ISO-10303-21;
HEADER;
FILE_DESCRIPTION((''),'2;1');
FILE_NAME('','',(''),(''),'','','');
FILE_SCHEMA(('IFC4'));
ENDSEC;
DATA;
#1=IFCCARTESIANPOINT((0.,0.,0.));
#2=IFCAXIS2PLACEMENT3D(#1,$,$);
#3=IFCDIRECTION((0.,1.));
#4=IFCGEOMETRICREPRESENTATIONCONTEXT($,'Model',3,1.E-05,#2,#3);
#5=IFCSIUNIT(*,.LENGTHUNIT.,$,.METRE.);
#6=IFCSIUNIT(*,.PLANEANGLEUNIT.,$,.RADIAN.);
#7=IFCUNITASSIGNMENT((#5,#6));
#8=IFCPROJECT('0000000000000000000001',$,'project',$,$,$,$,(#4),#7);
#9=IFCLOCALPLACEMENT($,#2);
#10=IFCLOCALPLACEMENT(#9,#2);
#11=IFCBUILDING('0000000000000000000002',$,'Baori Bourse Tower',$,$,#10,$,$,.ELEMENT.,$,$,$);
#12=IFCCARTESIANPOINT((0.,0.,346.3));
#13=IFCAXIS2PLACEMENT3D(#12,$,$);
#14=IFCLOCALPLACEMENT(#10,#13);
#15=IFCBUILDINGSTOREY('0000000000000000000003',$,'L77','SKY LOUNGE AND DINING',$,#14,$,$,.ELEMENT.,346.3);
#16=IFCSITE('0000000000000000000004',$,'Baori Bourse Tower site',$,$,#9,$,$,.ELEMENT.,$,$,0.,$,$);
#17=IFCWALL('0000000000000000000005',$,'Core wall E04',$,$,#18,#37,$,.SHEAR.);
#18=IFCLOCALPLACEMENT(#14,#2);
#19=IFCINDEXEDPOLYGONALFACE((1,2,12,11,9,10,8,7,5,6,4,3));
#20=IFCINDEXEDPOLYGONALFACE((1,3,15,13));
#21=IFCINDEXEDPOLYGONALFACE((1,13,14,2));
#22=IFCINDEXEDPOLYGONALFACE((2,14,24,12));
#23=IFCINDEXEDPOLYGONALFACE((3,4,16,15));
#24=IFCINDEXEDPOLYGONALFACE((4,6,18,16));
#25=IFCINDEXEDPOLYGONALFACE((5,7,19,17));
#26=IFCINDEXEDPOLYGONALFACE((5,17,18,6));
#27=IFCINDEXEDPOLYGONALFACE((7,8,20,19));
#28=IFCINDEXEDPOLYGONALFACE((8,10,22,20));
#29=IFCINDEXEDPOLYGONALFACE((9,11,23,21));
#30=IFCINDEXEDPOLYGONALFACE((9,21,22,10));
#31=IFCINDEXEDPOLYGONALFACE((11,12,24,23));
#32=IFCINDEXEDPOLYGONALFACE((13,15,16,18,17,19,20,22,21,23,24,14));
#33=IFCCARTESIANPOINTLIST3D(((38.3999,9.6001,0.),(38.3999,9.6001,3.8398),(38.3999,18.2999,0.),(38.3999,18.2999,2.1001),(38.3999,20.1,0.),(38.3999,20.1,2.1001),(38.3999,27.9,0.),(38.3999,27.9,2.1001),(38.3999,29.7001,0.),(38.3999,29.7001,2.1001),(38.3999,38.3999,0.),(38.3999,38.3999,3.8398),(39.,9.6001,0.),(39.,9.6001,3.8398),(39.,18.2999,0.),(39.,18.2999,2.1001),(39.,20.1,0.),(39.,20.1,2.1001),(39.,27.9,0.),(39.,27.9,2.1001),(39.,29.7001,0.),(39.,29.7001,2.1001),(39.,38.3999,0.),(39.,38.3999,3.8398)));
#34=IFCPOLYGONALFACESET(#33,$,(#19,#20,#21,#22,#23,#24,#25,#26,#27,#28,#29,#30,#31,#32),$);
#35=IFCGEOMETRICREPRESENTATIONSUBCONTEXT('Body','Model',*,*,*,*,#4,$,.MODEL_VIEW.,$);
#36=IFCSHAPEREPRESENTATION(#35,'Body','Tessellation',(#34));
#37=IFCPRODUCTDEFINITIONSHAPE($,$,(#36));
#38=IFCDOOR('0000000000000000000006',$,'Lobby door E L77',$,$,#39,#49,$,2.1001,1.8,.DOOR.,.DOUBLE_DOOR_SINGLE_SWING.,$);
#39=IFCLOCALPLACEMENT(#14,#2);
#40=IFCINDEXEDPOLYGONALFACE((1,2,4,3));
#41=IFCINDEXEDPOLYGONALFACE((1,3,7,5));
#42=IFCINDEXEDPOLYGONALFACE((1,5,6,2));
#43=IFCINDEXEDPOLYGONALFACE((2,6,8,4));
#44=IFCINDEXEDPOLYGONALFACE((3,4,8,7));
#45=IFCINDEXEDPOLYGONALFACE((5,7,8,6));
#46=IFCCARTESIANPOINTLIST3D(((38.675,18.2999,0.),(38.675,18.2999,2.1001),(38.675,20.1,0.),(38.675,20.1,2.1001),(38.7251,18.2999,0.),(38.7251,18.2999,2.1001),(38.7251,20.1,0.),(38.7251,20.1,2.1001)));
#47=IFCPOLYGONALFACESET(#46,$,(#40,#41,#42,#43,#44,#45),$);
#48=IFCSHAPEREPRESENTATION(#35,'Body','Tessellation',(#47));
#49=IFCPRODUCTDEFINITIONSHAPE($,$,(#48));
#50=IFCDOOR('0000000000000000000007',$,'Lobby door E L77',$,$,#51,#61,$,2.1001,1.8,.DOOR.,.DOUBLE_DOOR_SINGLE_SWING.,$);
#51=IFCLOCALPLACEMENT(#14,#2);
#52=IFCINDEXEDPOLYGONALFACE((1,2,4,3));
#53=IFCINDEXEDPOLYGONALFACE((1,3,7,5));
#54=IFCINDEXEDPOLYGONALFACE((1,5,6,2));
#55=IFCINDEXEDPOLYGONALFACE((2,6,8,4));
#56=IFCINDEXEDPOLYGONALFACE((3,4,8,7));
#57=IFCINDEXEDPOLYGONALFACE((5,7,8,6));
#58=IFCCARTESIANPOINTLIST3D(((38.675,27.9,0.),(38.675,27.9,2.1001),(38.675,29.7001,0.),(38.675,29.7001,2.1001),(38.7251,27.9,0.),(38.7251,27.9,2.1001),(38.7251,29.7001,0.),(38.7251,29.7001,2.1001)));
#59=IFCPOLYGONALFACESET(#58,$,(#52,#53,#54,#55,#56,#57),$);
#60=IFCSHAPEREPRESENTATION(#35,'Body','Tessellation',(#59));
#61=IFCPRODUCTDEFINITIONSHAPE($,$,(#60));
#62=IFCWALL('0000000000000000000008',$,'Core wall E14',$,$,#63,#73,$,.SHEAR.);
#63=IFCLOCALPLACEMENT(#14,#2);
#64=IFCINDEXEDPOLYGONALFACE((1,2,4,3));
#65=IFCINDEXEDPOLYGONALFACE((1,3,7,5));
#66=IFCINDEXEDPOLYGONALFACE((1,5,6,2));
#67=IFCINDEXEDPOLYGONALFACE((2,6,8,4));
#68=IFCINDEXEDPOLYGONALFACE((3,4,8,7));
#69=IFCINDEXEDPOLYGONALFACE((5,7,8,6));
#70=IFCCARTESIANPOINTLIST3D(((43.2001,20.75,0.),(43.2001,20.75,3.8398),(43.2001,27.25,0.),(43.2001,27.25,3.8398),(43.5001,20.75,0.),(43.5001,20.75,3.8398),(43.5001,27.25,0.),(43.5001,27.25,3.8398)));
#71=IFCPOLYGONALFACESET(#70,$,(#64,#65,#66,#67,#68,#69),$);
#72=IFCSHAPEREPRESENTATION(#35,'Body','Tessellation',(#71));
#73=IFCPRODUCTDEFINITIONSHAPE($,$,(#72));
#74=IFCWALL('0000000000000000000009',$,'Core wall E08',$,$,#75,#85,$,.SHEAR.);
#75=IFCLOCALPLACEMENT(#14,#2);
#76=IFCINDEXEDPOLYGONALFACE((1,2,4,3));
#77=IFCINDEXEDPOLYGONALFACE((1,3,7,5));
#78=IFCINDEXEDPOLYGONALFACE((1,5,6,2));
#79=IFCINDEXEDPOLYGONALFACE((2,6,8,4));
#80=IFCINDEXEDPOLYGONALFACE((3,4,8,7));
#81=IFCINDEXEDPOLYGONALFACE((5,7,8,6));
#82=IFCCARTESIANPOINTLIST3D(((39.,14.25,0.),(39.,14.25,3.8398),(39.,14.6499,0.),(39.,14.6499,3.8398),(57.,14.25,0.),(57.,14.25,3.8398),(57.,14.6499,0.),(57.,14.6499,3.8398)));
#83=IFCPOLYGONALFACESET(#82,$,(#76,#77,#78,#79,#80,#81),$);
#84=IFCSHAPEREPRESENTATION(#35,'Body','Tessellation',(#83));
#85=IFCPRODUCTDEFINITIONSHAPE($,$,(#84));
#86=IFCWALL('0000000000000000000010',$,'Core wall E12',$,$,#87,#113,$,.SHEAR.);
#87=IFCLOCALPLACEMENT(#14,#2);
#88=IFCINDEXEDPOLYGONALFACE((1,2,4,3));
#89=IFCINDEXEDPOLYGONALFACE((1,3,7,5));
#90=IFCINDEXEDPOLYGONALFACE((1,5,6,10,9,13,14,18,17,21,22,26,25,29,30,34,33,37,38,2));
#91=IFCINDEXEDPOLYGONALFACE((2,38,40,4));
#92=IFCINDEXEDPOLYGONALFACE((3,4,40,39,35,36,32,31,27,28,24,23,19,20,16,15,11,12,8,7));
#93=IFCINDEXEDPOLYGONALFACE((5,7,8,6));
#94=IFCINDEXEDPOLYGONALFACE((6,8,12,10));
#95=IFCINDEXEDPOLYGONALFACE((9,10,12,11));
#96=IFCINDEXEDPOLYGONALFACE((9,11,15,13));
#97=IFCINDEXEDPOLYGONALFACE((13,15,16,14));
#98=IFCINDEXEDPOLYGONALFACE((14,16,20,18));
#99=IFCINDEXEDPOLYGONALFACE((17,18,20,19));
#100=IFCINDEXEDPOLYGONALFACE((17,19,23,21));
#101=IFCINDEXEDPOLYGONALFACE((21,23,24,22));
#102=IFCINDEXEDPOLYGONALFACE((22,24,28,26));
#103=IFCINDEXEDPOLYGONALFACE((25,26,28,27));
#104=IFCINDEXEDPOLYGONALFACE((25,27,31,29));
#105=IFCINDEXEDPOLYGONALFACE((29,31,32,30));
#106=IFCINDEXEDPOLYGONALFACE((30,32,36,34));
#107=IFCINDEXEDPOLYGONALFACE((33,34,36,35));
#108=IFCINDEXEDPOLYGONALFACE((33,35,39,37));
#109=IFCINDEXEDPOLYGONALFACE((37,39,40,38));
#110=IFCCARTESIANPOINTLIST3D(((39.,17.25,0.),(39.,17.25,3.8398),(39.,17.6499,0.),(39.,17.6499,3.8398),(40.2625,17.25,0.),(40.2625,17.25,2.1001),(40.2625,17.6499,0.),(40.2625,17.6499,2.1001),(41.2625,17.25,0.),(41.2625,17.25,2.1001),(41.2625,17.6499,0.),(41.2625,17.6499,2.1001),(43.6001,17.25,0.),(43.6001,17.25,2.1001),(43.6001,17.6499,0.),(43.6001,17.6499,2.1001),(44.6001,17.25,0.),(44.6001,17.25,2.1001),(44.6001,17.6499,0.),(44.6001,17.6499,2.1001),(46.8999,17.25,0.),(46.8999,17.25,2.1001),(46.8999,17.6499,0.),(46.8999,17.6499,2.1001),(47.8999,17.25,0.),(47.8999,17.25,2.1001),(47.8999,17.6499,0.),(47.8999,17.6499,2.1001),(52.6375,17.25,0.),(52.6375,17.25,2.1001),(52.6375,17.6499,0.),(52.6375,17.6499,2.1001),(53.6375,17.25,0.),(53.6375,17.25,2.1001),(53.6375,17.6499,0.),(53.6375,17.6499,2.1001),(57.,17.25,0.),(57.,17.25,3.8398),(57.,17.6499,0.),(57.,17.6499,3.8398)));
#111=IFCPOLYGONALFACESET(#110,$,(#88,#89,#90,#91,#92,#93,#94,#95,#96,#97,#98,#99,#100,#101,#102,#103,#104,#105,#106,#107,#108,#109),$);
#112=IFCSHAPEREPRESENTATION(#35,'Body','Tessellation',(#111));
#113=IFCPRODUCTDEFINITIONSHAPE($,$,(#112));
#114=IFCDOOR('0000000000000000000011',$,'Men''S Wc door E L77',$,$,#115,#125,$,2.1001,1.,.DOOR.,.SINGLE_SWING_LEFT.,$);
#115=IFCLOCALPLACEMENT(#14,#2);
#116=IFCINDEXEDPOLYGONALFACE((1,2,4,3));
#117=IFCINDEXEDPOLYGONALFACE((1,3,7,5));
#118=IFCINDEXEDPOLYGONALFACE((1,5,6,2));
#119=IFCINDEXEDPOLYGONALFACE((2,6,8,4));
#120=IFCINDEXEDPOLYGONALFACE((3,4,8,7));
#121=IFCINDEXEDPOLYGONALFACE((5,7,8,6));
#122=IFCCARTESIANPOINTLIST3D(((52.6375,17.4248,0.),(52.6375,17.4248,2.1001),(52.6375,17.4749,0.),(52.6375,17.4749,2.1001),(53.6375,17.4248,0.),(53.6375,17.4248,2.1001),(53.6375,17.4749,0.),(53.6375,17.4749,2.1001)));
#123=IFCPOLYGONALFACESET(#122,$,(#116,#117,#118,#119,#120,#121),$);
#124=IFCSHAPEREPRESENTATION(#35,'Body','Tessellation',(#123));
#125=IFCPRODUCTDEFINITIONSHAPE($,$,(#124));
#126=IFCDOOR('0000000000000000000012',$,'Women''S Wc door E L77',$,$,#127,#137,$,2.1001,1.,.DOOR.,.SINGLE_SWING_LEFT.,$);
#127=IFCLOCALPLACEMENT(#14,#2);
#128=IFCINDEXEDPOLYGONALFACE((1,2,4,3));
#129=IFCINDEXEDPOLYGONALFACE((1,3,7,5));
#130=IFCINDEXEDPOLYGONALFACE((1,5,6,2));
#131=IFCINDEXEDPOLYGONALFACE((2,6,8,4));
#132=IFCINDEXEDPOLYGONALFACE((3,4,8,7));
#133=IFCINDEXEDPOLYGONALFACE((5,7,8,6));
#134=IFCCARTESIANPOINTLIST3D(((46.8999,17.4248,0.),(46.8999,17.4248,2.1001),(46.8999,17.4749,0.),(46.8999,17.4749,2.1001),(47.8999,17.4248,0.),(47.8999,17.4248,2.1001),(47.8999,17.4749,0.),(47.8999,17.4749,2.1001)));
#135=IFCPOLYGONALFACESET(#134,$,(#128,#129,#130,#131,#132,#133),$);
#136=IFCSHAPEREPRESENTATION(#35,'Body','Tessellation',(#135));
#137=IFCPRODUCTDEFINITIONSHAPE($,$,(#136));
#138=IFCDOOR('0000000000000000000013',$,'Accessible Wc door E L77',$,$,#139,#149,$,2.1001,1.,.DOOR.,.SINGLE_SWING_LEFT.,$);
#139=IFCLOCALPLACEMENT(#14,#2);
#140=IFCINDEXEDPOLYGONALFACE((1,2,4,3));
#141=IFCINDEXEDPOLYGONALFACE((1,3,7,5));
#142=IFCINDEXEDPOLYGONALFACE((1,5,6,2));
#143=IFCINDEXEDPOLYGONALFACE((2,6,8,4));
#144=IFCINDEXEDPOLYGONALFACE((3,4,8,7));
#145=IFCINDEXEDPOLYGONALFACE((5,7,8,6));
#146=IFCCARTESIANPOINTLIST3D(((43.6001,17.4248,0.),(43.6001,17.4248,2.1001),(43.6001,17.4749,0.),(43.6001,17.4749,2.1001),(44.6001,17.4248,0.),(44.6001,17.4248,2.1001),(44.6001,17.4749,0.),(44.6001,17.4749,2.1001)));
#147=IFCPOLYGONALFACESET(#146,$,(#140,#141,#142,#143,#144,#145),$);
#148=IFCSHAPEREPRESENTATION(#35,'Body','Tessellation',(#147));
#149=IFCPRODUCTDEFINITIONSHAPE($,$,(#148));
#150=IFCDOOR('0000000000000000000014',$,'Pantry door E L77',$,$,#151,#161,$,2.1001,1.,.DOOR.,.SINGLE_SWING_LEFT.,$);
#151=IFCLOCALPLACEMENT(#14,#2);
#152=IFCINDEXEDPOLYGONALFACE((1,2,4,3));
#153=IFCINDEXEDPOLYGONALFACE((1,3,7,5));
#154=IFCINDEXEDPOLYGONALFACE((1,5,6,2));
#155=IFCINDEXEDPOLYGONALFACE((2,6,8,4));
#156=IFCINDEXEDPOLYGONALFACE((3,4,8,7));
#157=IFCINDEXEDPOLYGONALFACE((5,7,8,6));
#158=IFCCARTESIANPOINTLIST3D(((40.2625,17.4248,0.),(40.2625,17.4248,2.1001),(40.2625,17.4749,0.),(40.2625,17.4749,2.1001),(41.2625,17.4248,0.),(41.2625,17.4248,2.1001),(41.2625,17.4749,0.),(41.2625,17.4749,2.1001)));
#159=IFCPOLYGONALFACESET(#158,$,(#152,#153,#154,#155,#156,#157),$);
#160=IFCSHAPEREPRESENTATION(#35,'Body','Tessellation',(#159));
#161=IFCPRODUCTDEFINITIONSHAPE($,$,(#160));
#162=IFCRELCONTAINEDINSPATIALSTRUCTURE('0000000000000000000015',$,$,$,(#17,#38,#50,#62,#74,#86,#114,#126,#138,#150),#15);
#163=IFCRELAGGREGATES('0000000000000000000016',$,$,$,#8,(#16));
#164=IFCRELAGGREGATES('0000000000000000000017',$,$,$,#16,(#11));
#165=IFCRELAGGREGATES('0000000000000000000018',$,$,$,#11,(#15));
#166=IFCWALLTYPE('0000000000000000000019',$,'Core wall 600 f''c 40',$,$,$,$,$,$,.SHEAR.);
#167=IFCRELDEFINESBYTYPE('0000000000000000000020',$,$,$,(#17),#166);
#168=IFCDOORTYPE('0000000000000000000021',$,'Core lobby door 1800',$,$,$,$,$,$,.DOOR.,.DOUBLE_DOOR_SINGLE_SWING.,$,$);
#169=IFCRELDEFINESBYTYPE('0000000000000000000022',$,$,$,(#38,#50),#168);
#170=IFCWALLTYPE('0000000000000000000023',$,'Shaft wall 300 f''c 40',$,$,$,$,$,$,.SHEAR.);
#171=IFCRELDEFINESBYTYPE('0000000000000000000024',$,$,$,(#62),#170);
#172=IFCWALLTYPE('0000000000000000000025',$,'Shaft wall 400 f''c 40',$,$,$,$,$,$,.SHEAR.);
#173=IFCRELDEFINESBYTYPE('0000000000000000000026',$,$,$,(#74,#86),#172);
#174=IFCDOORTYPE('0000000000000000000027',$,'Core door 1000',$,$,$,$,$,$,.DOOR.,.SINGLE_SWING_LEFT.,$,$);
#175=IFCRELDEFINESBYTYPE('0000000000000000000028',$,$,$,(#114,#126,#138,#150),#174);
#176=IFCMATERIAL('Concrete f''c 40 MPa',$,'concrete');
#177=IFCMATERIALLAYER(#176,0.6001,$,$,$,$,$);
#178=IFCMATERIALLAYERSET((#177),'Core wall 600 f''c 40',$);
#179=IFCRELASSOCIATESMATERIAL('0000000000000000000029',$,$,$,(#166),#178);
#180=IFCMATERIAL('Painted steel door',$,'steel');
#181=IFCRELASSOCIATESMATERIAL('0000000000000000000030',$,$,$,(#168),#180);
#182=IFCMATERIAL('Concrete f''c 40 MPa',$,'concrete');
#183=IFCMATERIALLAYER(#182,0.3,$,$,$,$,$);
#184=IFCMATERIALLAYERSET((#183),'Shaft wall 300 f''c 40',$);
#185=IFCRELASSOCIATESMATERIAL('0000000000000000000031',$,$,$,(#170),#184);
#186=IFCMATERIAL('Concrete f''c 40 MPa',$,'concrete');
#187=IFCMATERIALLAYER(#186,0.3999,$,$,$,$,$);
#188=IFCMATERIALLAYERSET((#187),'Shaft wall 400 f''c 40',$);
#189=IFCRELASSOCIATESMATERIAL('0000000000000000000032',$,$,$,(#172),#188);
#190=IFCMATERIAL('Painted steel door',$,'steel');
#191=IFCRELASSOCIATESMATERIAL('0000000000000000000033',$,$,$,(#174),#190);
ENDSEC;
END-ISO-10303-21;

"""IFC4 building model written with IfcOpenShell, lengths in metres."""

from ifc_helpers import new_model, si_unit, direction, frame, frame_2d, origin, place, context, subcontext, project, spatial, rectangle, extrude, material, layer, layer_set, type_object, element, fill, save


model = new_model("IFC4")

# Units and contexts
model_context = context("Model", 3, precision=1e-05, world=origin(), true_north=direction((0.0, 1.0)))
body_context = subcontext(model_context, "Body", "Model", "MODEL_VIEW")
ifc_project = project(units=[si_unit("LENGTHUNIT", "METRE"), si_unit("PLANEANGLEUNIT", "RADIAN")], contexts=[model_context])

# Site, building, storey
site_placement = place(None, origin())
site = spatial("IfcSite", under=ifc_project, at=site_placement, Name="Baori Bourse Tower site", CompositionType="ELEMENT", RefElevation=0.0)
building_placement = place(site_placement, origin())
building = spatial("IfcBuilding", under=site, at=building_placement, Name="Baori Bourse Tower", CompositionType="ELEMENT")
storey_placement = place(building_placement, frame((0.0, 0.0, 346.3)))
storey = spatial("IfcBuildingStorey", under=building, at=storey_placement, Name="L77", Description="SKY LOUNGE AND DINING", CompositionType="ELEMENT", Elevation=346.3)

# Shared definitions
ifc_material_1 = material(Name="Concrete f'c 40 MPa", Category="concrete")
ifc_layer_1 = layer(ifc_material_1, 0.6001)
ifc_layer_set_1 = layer_set([ifc_layer_1], Name="Core wall 600 f'c 40")
wall_type_1 = type_object("IfcWallType", Name="Core wall 600 f'c 40", PredefinedType="SHEAR", material=ifc_layer_set_1)

# Wall, openings, doors
wall_1_placement = place(storey_placement, frame((38.7, 9.6001, 0.0), z_axis=(0.0, 0.0, 1.0), x_axis=(0.0, 1.0, 0.0)))
wall_1 = element("IfcWall", 1, at=wall_1_placement, inside=storey, type_object=wall_type_1, Name="Core wall E04", PredefinedType="SHEAR", context=body_context, shape_type="SweptSolid", body=[
    extrude(rectangle(XDim=28.7998, YDim=0.6001, at=frame_2d((14.3999, 0.0))), origin(), (0.0, 0.0, 1.0), 3.8398),
])
opening_1_placement = place(wall_1_placement, frame((8.7, 0.0, 0.0)))
opening_1 = element("IfcOpeningElement", 2, at=opening_1_placement, cuts=wall_1, PredefinedType="OPENING", context=body_context, shape_type="SweptSolid", body=[
    extrude(rectangle(XDim=1.8, YDim=2.1001, at=frame_2d((0.8999, 1.05))), frame((0.0, 0.3101, 0.0), z_axis=(0.0, -1.0, 0.0), x_axis=(1.0, 0.0, 0.0)), (0.0, 0.0, 1.0), 0.6201),
])
opening_2_placement = place(wall_1_placement, frame((18.3, 0.0, 0.0)))
opening_2 = element("IfcOpeningElement", 3, at=opening_2_placement, cuts=wall_1, PredefinedType="OPENING", context=body_context, shape_type="SweptSolid", body=[
    extrude(rectangle(XDim=1.8, YDim=2.1001, at=frame_2d((0.8999, 1.05))), frame((0.0, 0.3101, 0.0), z_axis=(0.0, -1.0, 0.0), x_axis=(1.0, 0.0, 0.0)), (0.0, 0.0, 1.0), 0.6201),
])
ifc_material_2 = material(Name="Painted steel door", Category="steel")
door_type_1 = type_object("IfcDoorType", Name="Core lobby door 1800", OperationType="DOUBLE_DOOR_SINGLE_SWING", PredefinedType="DOOR", material=ifc_material_2)
door_1_placement = place(opening_1_placement, origin())
door_1 = element("IfcDoor", 4, at=door_1_placement, inside=storey, type_object=door_type_1, Name="Lobby door E L77", OperationType="DOUBLE_DOOR_SINGLE_SWING", OverallHeight=2.1001, OverallWidth=1.8, PredefinedType="DOOR", context=body_context, shape_type="SweptSolid", body=[
    extrude(rectangle(XDim=1.8, YDim=2.1001, at=frame_2d((0.8999, 1.05))), frame((0.0, 0.0249, 0.0), z_axis=(0.0, -1.0, 0.0), x_axis=(1.0, 0.0, 0.0)), (0.0, 0.0, 1.0), 0.05),
])
fill(opening_1, door_1)
door_2_placement = place(opening_2_placement, origin())
door_2 = element("IfcDoor", 5, at=door_2_placement, inside=storey, type_object=door_type_1, Name="Lobby door E L77", OperationType="DOUBLE_DOOR_SINGLE_SWING", OverallHeight=2.1001, OverallWidth=1.8, PredefinedType="DOOR", context=body_context, shape_type="SweptSolid", body=[
    extrude(rectangle(XDim=1.8, YDim=2.1001, at=frame_2d((0.8999, 1.05))), frame((0.0, 0.0249, 0.0), z_axis=(0.0, -1.0, 0.0), x_axis=(1.0, 0.0, 0.0)), (0.0, 0.0, 1.0), 0.05),
])
fill(opening_2, door_2)

# Walls
ifc_material_3 = material(Name="Concrete f'c 40 MPa", Category="concrete")
ifc_layer_2 = layer(ifc_material_3, 0.3)
ifc_layer_set_2 = layer_set([ifc_layer_2], Name="Shaft wall 300 f'c 40")
wall_type_2 = type_object("IfcWallType", Name="Shaft wall 300 f'c 40", PredefinedType="SHEAR", material=ifc_layer_set_2)
wall_2_placement = place(storey_placement, frame((43.3501, 20.75, 0.0), z_axis=(0.0, 0.0, 1.0), x_axis=(0.0, 1.0, 0.0)))
element("IfcWall", 6, at=wall_2_placement, inside=storey, type_object=wall_type_2, Name="Core wall E14", PredefinedType="SHEAR", context=body_context, shape_type="SweptSolid", body=[
    extrude(rectangle(XDim=6.5, YDim=0.3, at=frame_2d((3.25, 0.0))), origin(), (0.0, 0.0, 1.0), 3.8398),
])
ifc_material_4 = material(Name="Concrete f'c 40 MPa", Category="concrete")
ifc_layer_3 = layer(ifc_material_4, 0.3999)
ifc_layer_set_3 = layer_set([ifc_layer_3], Name="Shaft wall 400 f'c 40")
wall_type_3 = type_object("IfcWallType", Name="Shaft wall 400 f'c 40", PredefinedType="SHEAR", material=ifc_layer_set_3)
wall_3_placement = place(storey_placement, frame((39.0, 14.45, 0.0), z_axis=(0.0, 0.0, 1.0), x_axis=(1.0, 0.0, 0.0)))
element("IfcWall", 7, at=wall_3_placement, inside=storey, type_object=wall_type_3, Name="Core wall E08", PredefinedType="SHEAR", context=body_context, shape_type="SweptSolid", body=[
    extrude(rectangle(XDim=18.0, YDim=0.3999, at=frame_2d((9.0, 0.0))), origin(), (0.0, 0.0, 1.0), 3.8398),
])

# Wall, openings, doors
wall_4_placement = place(storey_placement, frame((39.0, 17.45, 0.0), z_axis=(0.0, 0.0, 1.0), x_axis=(1.0, 0.0, 0.0)))
wall_4 = element("IfcWall", 8, at=wall_4_placement, inside=storey, type_object=wall_type_3, Name="Core wall E12", PredefinedType="SHEAR", context=body_context, shape_type="SweptSolid", body=[
    extrude(rectangle(XDim=18.0, YDim=0.3999, at=frame_2d((9.0, 0.0))), origin(), (0.0, 0.0, 1.0), 3.8398),
])
opening_3_placement = place(wall_4_placement, frame((13.6375, 0.0, 0.0)))
opening_3 = element("IfcOpeningElement", 9, at=opening_3_placement, cuts=wall_4, PredefinedType="OPENING", context=body_context, shape_type="SweptSolid", body=[
    extrude(rectangle(XDim=1.0, YDim=2.1001, at=frame_2d((0.5, 1.05))), frame((0.0, 0.21, 0.0), z_axis=(0.0, -1.0, 0.0), x_axis=(1.0, 0.0, 0.0)), (0.0, 0.0, 1.0), 0.4199),
])
opening_4_placement = place(wall_4_placement, frame((7.8999, 0.0, 0.0)))
opening_4 = element("IfcOpeningElement", 10, at=opening_4_placement, cuts=wall_4, PredefinedType="OPENING", context=body_context, shape_type="SweptSolid", body=[
    extrude(rectangle(XDim=1.0, YDim=2.1001, at=frame_2d((0.5, 1.05))), frame((0.0, 0.21, 0.0), z_axis=(0.0, -1.0, 0.0), x_axis=(1.0, 0.0, 0.0)), (0.0, 0.0, 1.0), 0.4199),
])
opening_5_placement = place(wall_4_placement, frame((4.6001, 0.0, 0.0)))
opening_5 = element("IfcOpeningElement", 11, at=opening_5_placement, cuts=wall_4, PredefinedType="OPENING", context=body_context, shape_type="SweptSolid", body=[
    extrude(rectangle(XDim=1.0, YDim=2.1001, at=frame_2d((0.5, 1.05))), frame((0.0, 0.21, 0.0), z_axis=(0.0, -1.0, 0.0), x_axis=(1.0, 0.0, 0.0)), (0.0, 0.0, 1.0), 0.4199),
])
opening_6_placement = place(wall_4_placement, frame((1.2625, 0.0, 0.0)))
opening_6 = element("IfcOpeningElement", 12, at=opening_6_placement, cuts=wall_4, PredefinedType="OPENING", context=body_context, shape_type="SweptSolid", body=[
    extrude(rectangle(XDim=1.0, YDim=2.1001, at=frame_2d((0.5, 1.05))), frame((0.0, 0.21, 0.0), z_axis=(0.0, -1.0, 0.0), x_axis=(1.0, 0.0, 0.0)), (0.0, 0.0, 1.0), 0.4199),
])
ifc_material_5 = material(Name="Painted steel door", Category="steel")
door_type_2 = type_object("IfcDoorType", Name="Core door 1000", OperationType="SINGLE_SWING_LEFT", PredefinedType="DOOR", material=ifc_material_5)
door_3_placement = place(opening_3_placement, origin())
door_3 = element("IfcDoor", 13, at=door_3_placement, inside=storey, type_object=door_type_2, Name="Men'S Wc door E L77", OperationType="SINGLE_SWING_LEFT", OverallHeight=2.1001, OverallWidth=1.0, PredefinedType="DOOR", context=body_context, shape_type="SweptSolid", body=[
    extrude(rectangle(XDim=1.0, YDim=2.1001, at=frame_2d((0.5, 1.05))), frame((0.0, 0.0249, 0.0), z_axis=(0.0, -1.0, 0.0), x_axis=(1.0, 0.0, 0.0)), (0.0, 0.0, 1.0), 0.05),
])
fill(opening_3, door_3)
door_4_placement = place(opening_4_placement, origin())
door_4 = element("IfcDoor", 14, at=door_4_placement, inside=storey, type_object=door_type_2, Name="Women'S Wc door E L77", OperationType="SINGLE_SWING_LEFT", OverallHeight=2.1001, OverallWidth=1.0, PredefinedType="DOOR", context=body_context, shape_type="SweptSolid", body=[
    extrude(rectangle(XDim=1.0, YDim=2.1001, at=frame_2d((0.5, 1.05))), frame((0.0, 0.0249, 0.0), z_axis=(0.0, -1.0, 0.0), x_axis=(1.0, 0.0, 0.0)), (0.0, 0.0, 1.0), 0.05),
])
fill(opening_4, door_4)
door_5_placement = place(opening_5_placement, origin())
door_5 = element("IfcDoor", 15, at=door_5_placement, inside=storey, type_object=door_type_2, Name="Accessible Wc door E L77", OperationType="SINGLE_SWING_LEFT", OverallHeight=2.1001, OverallWidth=1.0, PredefinedType="DOOR", context=body_context, shape_type="SweptSolid", body=[
    extrude(rectangle(XDim=1.0, YDim=2.1001, at=frame_2d((0.5, 1.05))), frame((0.0, 0.0249, 0.0), z_axis=(0.0, -1.0, 0.0), x_axis=(1.0, 0.0, 0.0)), (0.0, 0.0, 1.0), 0.05),
])
fill(opening_5, door_5)
door_6_placement = place(opening_6_placement, origin())
door_6 = element("IfcDoor", 16, at=door_6_placement, inside=storey, type_object=door_type_2, Name="Pantry door E L77", OperationType="SINGLE_SWING_LEFT", OverallHeight=2.1001, OverallWidth=1.0, PredefinedType="DOOR", context=body_context, shape_type="SweptSolid", body=[
    extrude(rectangle(XDim=1.0, YDim=2.1001, at=frame_2d((0.5, 1.05))), frame((0.0, 0.0249, 0.0), z_axis=(0.0, -1.0, 0.0), x_axis=(1.0, 0.0, 0.0)), (0.0, 0.0, 1.0), 0.05),
])
fill(opening_6, door_6)

save(model, "model.ifc")
